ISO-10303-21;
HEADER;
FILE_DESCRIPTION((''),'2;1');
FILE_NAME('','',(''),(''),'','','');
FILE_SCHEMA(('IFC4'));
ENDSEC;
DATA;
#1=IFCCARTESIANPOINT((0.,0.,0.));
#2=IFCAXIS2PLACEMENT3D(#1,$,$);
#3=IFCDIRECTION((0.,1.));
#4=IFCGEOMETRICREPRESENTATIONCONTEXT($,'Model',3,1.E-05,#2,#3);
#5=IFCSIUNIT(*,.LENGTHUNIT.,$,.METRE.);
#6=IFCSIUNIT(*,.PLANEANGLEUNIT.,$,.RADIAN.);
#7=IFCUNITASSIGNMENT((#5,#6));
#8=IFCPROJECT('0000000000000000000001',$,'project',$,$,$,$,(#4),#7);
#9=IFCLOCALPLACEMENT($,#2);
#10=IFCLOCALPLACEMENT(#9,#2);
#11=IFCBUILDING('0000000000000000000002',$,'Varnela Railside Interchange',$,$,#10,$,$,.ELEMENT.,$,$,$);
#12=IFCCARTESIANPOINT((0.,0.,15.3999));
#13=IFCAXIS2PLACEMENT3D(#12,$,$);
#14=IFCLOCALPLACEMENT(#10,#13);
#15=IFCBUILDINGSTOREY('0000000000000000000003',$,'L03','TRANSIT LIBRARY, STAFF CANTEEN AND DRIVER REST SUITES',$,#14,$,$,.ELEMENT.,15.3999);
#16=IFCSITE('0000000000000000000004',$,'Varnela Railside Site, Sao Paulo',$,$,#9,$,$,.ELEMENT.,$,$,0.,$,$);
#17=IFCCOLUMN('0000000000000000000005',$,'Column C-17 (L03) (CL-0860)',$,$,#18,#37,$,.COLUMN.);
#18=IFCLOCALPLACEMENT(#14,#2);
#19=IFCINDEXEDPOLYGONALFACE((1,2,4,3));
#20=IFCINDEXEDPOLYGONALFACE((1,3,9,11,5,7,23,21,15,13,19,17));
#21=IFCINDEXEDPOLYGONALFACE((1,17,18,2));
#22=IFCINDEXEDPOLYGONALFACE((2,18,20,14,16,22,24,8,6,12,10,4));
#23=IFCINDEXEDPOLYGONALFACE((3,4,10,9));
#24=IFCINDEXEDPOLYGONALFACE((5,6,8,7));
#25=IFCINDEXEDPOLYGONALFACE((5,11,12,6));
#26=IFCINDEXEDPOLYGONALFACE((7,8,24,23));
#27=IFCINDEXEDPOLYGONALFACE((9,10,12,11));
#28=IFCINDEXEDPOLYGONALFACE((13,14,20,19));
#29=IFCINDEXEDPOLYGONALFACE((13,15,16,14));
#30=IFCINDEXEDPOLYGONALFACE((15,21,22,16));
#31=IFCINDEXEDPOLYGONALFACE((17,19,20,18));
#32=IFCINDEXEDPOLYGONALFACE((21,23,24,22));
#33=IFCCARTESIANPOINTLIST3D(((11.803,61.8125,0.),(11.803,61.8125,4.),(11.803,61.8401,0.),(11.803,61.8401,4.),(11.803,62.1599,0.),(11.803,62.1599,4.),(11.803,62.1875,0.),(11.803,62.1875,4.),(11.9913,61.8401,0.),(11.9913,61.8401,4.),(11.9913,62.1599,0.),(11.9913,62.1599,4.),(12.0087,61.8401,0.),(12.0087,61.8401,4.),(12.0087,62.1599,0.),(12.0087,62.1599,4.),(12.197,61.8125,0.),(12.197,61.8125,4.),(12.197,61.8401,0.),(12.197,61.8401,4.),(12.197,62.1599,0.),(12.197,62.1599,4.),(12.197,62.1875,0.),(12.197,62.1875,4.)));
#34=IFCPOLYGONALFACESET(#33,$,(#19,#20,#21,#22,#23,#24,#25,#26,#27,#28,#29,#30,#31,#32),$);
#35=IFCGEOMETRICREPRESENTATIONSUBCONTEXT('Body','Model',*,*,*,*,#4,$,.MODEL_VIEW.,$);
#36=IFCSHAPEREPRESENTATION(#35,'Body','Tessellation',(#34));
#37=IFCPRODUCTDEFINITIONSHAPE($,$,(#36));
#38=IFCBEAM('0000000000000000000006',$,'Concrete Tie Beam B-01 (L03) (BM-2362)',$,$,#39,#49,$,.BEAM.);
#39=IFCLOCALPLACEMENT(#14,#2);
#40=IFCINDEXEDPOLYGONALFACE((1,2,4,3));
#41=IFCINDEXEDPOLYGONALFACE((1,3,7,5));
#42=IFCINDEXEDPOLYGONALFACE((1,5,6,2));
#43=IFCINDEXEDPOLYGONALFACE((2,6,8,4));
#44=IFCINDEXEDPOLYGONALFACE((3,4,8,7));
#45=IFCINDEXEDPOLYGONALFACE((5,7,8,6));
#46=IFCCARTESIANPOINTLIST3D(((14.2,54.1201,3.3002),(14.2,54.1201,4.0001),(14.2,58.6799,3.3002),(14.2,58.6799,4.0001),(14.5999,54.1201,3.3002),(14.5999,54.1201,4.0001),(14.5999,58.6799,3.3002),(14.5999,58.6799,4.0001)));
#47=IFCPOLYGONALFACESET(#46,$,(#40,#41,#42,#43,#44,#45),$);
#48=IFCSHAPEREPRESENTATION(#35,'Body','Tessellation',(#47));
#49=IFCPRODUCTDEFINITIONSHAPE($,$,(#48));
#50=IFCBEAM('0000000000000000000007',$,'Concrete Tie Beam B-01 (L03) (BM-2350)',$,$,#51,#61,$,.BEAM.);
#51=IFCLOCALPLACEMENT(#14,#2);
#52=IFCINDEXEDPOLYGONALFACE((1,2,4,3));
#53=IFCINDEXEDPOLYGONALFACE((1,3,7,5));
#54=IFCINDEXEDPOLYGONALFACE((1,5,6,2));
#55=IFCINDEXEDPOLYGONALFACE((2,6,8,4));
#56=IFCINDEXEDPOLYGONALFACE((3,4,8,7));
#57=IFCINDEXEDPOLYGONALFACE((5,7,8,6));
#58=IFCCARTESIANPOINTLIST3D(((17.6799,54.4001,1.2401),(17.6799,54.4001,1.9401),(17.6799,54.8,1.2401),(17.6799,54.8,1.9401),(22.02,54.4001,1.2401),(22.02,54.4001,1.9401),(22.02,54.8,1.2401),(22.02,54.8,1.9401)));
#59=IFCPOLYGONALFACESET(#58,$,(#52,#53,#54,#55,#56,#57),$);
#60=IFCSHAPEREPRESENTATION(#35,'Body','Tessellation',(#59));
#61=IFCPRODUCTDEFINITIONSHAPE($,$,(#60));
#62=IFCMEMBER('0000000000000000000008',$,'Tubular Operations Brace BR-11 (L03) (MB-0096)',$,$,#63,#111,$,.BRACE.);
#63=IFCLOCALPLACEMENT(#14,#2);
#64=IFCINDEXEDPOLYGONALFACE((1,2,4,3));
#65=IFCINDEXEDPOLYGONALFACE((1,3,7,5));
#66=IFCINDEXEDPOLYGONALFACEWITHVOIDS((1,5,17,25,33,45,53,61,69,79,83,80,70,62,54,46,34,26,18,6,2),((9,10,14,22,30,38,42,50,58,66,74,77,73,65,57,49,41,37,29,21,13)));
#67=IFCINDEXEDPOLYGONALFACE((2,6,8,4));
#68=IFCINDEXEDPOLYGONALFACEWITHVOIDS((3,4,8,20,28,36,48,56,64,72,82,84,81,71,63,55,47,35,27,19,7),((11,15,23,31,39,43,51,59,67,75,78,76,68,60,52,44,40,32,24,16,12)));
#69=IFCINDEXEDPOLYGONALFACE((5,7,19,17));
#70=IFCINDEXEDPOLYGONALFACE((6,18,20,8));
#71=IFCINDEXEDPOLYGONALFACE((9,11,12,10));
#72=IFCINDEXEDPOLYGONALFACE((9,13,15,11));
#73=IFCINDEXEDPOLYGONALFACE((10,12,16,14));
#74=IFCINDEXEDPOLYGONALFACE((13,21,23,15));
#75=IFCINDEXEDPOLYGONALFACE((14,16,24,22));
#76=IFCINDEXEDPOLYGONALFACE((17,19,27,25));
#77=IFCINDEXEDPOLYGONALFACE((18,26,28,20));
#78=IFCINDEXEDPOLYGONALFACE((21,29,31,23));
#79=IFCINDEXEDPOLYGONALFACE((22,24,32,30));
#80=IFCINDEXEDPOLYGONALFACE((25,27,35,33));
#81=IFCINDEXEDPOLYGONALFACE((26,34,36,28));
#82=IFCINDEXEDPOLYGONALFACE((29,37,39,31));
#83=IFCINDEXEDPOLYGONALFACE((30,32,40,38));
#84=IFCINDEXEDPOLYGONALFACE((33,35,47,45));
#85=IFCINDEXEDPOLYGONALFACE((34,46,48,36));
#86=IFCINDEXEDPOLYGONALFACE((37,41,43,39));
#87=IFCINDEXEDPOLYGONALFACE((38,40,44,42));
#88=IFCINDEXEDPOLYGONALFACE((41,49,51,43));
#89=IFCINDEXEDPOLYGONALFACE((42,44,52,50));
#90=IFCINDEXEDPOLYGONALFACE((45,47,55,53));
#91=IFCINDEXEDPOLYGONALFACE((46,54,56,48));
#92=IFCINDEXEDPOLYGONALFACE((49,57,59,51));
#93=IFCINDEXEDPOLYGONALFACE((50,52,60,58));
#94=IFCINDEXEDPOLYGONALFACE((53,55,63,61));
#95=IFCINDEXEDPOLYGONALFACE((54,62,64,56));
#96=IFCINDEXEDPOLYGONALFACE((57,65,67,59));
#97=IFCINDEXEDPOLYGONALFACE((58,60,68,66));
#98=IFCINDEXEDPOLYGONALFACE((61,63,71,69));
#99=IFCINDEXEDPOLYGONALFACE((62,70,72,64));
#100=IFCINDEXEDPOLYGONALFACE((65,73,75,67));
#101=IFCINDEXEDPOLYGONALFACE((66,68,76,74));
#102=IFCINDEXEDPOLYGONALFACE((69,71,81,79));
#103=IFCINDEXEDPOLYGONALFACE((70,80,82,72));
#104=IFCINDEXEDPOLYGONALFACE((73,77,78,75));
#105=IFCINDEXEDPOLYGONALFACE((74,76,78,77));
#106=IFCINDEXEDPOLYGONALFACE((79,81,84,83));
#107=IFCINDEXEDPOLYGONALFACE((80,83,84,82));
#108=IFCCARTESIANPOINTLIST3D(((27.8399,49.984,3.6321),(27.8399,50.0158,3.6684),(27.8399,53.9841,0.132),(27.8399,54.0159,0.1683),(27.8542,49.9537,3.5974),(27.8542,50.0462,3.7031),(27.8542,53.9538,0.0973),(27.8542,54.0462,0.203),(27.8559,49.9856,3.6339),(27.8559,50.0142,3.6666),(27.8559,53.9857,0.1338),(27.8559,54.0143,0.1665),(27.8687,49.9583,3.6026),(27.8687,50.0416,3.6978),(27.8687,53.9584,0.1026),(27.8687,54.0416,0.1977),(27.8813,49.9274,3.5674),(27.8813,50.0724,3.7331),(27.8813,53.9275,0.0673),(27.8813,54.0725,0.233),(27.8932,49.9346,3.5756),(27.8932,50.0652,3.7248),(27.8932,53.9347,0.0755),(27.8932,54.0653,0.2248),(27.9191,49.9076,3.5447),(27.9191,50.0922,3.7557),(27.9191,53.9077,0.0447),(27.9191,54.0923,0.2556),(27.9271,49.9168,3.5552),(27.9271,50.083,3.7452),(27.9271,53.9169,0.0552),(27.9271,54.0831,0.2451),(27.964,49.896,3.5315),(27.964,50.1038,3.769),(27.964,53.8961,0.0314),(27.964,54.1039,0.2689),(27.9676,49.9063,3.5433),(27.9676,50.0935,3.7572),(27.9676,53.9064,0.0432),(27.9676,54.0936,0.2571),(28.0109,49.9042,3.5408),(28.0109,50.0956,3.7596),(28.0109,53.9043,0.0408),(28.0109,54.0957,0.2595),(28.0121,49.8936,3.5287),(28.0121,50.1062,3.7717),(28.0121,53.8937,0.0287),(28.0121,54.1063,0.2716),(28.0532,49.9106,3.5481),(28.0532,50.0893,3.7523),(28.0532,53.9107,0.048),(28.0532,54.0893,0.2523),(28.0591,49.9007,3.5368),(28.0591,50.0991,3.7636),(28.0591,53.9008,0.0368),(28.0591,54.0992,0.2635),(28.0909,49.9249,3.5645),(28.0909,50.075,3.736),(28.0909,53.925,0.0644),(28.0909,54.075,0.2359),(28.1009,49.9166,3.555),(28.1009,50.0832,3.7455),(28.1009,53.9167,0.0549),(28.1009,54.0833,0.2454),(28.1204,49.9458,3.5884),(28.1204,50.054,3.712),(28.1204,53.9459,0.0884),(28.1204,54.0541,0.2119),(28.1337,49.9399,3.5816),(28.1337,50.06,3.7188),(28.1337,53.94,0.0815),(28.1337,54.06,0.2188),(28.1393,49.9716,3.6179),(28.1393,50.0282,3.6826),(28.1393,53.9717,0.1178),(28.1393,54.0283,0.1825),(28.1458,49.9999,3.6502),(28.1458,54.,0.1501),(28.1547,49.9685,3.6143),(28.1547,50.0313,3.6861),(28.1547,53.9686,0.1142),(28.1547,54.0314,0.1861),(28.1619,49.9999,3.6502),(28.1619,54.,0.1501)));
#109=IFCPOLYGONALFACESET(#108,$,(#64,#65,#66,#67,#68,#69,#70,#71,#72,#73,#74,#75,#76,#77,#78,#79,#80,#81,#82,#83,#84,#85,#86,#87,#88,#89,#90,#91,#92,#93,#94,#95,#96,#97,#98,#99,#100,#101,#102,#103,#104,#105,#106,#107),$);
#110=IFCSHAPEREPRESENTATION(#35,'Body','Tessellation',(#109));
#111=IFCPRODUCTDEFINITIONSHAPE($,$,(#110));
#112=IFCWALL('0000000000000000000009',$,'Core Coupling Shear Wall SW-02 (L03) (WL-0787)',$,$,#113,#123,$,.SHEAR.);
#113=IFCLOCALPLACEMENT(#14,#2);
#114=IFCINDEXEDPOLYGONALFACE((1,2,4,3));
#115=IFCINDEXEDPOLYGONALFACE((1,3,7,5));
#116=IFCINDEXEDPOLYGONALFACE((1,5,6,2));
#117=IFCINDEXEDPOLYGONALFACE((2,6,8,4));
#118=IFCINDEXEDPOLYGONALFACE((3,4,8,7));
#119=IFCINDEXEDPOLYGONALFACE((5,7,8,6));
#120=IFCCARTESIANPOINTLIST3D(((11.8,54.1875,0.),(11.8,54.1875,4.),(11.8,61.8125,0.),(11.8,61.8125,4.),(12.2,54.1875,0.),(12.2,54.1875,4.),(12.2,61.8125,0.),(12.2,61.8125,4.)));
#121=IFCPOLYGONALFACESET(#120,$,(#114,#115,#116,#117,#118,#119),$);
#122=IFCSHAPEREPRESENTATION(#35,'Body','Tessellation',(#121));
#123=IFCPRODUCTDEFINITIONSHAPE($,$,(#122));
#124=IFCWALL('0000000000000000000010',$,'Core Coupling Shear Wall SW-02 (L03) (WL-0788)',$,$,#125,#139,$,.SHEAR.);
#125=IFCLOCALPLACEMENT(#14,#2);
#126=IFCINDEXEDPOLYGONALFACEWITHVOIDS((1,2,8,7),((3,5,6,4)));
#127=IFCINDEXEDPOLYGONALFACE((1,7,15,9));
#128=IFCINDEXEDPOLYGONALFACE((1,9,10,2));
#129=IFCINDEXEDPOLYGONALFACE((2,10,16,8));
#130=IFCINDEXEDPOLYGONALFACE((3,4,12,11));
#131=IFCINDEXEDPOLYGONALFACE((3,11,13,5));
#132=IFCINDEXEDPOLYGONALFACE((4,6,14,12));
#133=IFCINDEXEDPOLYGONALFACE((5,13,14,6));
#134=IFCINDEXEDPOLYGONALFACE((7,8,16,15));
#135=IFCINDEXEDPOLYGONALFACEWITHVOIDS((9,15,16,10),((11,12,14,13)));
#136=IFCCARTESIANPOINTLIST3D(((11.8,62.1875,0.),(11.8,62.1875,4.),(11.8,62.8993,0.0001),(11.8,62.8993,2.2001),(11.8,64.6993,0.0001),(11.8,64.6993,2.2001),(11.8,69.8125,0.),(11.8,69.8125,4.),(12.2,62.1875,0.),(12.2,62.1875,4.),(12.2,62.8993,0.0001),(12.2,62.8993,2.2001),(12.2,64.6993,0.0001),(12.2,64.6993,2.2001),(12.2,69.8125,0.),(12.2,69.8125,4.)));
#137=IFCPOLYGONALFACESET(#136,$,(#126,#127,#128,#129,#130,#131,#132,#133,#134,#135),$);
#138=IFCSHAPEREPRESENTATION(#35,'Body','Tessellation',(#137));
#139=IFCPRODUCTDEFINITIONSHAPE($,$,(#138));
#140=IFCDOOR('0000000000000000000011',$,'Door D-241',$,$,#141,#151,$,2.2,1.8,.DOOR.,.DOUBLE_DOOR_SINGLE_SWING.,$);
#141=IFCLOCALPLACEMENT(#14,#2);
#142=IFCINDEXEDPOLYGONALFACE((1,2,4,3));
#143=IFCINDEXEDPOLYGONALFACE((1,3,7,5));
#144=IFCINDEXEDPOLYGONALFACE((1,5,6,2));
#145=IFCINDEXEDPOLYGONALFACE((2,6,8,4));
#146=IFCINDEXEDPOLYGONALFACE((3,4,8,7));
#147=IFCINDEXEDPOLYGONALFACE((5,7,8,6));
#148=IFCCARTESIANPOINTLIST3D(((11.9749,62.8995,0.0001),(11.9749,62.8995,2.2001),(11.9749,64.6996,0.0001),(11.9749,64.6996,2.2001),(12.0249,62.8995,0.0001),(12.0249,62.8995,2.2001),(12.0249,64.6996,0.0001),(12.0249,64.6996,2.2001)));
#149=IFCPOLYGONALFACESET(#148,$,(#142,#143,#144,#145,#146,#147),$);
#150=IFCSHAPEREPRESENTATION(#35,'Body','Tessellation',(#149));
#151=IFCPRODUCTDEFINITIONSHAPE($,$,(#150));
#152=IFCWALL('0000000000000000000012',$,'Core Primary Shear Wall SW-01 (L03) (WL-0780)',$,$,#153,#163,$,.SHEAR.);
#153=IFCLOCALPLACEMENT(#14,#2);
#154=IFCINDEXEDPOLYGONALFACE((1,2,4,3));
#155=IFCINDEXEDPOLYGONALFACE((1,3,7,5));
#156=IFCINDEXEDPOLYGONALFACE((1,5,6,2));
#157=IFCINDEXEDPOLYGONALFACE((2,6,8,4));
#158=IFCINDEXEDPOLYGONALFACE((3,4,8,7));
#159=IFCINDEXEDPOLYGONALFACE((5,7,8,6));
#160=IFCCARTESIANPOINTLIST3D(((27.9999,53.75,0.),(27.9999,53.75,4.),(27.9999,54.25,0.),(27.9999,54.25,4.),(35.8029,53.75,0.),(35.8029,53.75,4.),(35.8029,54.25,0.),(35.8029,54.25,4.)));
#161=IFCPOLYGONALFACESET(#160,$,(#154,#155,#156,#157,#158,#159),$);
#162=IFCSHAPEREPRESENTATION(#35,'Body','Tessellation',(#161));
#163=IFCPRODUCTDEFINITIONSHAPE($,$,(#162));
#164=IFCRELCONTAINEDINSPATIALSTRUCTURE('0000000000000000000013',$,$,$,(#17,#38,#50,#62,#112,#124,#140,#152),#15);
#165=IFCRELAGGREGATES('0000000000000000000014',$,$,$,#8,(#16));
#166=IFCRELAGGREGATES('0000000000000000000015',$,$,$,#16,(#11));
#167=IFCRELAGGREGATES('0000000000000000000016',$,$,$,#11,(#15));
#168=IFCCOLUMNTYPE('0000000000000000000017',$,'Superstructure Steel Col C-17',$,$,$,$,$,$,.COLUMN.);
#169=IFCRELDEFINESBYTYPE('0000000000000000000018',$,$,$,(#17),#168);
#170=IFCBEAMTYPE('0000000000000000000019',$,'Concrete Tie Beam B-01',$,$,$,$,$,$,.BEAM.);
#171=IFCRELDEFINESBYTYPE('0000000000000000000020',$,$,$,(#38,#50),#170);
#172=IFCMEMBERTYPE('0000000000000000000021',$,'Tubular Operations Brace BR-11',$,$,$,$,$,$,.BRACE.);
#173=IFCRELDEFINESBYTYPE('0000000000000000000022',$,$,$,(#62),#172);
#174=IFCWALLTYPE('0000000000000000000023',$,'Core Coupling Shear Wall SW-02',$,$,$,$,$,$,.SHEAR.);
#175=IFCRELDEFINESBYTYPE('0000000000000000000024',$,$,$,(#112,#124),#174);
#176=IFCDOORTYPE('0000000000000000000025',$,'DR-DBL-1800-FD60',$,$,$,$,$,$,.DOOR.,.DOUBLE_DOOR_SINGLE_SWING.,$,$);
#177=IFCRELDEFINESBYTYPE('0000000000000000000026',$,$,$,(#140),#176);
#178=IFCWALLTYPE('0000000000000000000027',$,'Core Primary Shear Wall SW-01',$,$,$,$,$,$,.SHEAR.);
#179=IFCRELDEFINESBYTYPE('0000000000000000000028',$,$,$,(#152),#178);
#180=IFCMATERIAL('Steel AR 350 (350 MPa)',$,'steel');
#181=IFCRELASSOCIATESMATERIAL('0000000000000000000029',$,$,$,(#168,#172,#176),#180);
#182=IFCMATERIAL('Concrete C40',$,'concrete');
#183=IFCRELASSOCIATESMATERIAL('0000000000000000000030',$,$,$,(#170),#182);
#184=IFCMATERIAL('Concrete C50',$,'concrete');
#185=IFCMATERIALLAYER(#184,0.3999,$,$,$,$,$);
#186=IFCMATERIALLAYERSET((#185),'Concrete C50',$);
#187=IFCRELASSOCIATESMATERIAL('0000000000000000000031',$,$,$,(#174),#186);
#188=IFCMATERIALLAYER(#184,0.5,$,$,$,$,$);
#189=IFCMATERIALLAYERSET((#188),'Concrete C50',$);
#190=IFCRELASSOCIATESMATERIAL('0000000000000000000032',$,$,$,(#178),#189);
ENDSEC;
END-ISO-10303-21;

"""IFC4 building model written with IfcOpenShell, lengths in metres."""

from ifc_helpers import new_model, si_unit, direction, frame, frame_2d, origin, origin_2d, place, context, subcontext, project, spatial, rectangle, hollow_circle, i_section, extrude, material, layer, layer_set, material_profile, profile_set, type_object, element, fill, save


model = new_model("IFC4")

# Units and contexts
model_context = context("Model", 3, precision=1e-05, world=origin(), true_north=direction((0.0, 1.0)))
body_context = subcontext(model_context, "Body", "Model", "MODEL_VIEW")
ifc_project = project(units=[si_unit("LENGTHUNIT", "METRE"), si_unit("PLANEANGLEUNIT", "RADIAN")], contexts=[model_context])

# Site, building, storey
site_placement = place(None, origin())
site = spatial("IfcSite", under=ifc_project, at=site_placement, Name="Varnela Railside Site, Sao Paulo", CompositionType="ELEMENT", RefElevation=0.0)
building_placement = place(site_placement, origin())
building = spatial("IfcBuilding", under=site, at=building_placement, Name="Varnela Railside Interchange", CompositionType="ELEMENT")
storey_placement = place(building_placement, frame((0.0, 0.0, 15.3999)))
storey = spatial("IfcBuildingStorey", under=building, at=storey_placement, Name="L03", Description="TRANSIT LIBRARY, STAFF CANTEEN AND DRIVER REST SUITES", CompositionType="ELEMENT", Elevation=15.3999)

# Column
ifc_material_1 = material(Name="Steel AR 350 (350 MPa)", Category="steel")
ifc_material_profile_1 = material_profile(ifc_material_1, i_section(OverallWidth=0.394, OverallDepth=0.375, WebThickness=0.0173, FlangeThickness=0.0276, at=origin_2d()), Name="W360x216")
ifc_profile_set_1 = profile_set([ifc_material_profile_1], Name="Steel AR 350 (350 MPa)")
column_type = type_object("IfcColumnType", Name="Superstructure Steel Col C-17", PredefinedType="COLUMN", material=ifc_profile_set_1)
column_placement = place(storey_placement, frame((12.0, 62.0, 0.0), z_axis=(0.0, 0.0, 1.0), x_axis=(1.0, 0.0, 0.0)))
element("IfcColumn", 1, at=column_placement, inside=storey, type_object=column_type, Name="Column C-17 (L03) (CL-0860)", PredefinedType="COLUMN", context=body_context, shape_type="SweptSolid", body=[
    extrude(i_section(OverallWidth=0.394, OverallDepth=0.375, WebThickness=0.0173, FlangeThickness=0.0276, at=origin_2d()), origin(), (0.0, 0.0, 1.0), 4.0),
])

# Beams
ifc_material_2 = material(Name="Concrete C40", Category="concrete")
ifc_material_profile_2 = material_profile(ifc_material_2, rectangle(XDim=0.3999, YDim=0.7, at=origin_2d()), Name="RC 400x700")
ifc_profile_set_2 = profile_set([ifc_material_profile_2], Name="Concrete C40")
beam_type = type_object("IfcBeamType", Name="Concrete Tie Beam B-01", PredefinedType="BEAM", material=ifc_profile_set_2)
beam_1_placement = place(storey_placement, frame((14.3999, 54.1201, 3.6501), z_axis=(0.0, 1.0, 0.0), x_axis=(-1.0, 0.0, 0.0)))
element("IfcBeam", 2, at=beam_1_placement, inside=storey, type_object=beam_type, Name="Concrete Tie Beam B-01 (L03) (BM-2362)", PredefinedType="BEAM", context=body_context, shape_type="SweptSolid", body=[
    extrude(rectangle(XDim=0.3999, YDim=0.7, at=origin_2d()), origin(), (0.0, 0.0, 1.0), 4.5598),
])
beam_2_placement = place(storey_placement, frame((17.6799, 54.6001, 1.5901), z_axis=(1.0, 0.0, 0.0), x_axis=(0.0, 1.0, 0.0)))
element("IfcBeam", 3, at=beam_2_placement, inside=storey, type_object=beam_type, Name="Concrete Tie Beam B-01 (L03) (BM-2350)", PredefinedType="BEAM", context=body_context, shape_type="SweptSolid", body=[
    extrude(rectangle(XDim=0.3999, YDim=0.7, at=origin_2d()), origin(), (0.0, 0.0, 1.0), 4.3401),
])

# Member
ifc_material_profile_3 = material_profile(ifc_material_1, hollow_circle(Radius=0.1619, WallThickness=0.0161, at=origin_2d()), Name="CHS 323.9x16")
ifc_profile_set_3 = profile_set([ifc_material_profile_3], Name="Steel AR 350 (350 MPa)")
member_type = type_object("IfcMemberType", Name="Tubular Operations Brace BR-11", PredefinedType="BRACE", material=ifc_profile_set_3)
member_placement = place(storey_placement, frame((28.0, 54.0, 0.1501), z_axis=(0.0, -0.752577, 0.658505), x_axis=(1.0, 0.0, 0.0)))
element("IfcMember", 4, at=member_placement, inside=storey, type_object=member_type, Name="Tubular Operations Brace BR-11 (L03) (MB-0096)", PredefinedType="BRACE", context=body_context, shape_type="SweptSolid", body=[
    extrude(hollow_circle(Radius=0.1619, WallThickness=0.0161, at=origin_2d()), origin(), (0.0, 0.0, 1.0), 5.3152),
])

# Wall
ifc_material_3 = material(Name="Concrete C50", Category="concrete")
ifc_layer_1 = layer(ifc_material_3, 0.3999)
ifc_layer_set_1 = layer_set([ifc_layer_1], Name="Concrete C50")
wall_type_1 = type_object("IfcWallType", Name="Core Coupling Shear Wall SW-02", PredefinedType="SHEAR", material=ifc_layer_set_1)
wall_1_placement = place(storey_placement, frame((12.0, 54.1875, 0.0), z_axis=(0.0, 0.0, 1.0), x_axis=(0.0, 1.0, 0.0)))
element("IfcWall", 5, at=wall_1_placement, inside=storey, type_object=wall_type_1, Name="Core Coupling Shear Wall SW-02 (L03) (WL-0787)", PredefinedType="SHEAR", context=body_context, shape_type="SweptSolid", body=[
    extrude(rectangle(XDim=7.625, YDim=0.3999, at=frame_2d((3.8125, 0.0))), origin(), (0.0, 0.0, 1.0), 4.0),
])

# Wall, opening, door
wall_2_placement = place(storey_placement, frame((12.0, 62.1875, 0.0), z_axis=(0.0, 0.0, 1.0), x_axis=(0.0, 1.0, 0.0)))
wall_2 = element("IfcWall", 6, at=wall_2_placement, inside=storey, type_object=wall_type_1, Name="Core Coupling Shear Wall SW-02 (L03) (WL-0788)", PredefinedType="SHEAR", context=body_context, shape_type="SweptSolid", body=[
    extrude(rectangle(XDim=7.625, YDim=0.3999, at=frame_2d((3.8125, 0.0))), origin(), (0.0, 0.0, 1.0), 4.0),
])
opening_1_placement = place(wall_2_placement, frame((0.7119, 0.0, 0.0)))
opening_1 = element("IfcOpeningElement", 7, at=opening_1_placement, cuts=wall_2, PredefinedType="OPENING", context=body_context, shape_type="SweptSolid", body=[
    extrude(rectangle(XDim=1.8, YDim=2.2, at=frame_2d((0.8999, 1.1001))), frame((0.0, 0.21, 0.0), z_axis=(0.0, -1.0, 0.0), x_axis=(1.0, 0.0, 0.0)), (0.0, 0.0, 1.0), 0.4199),
])
door_type_1 = type_object("IfcDoorType", Name="DR-DBL-1800-FD60", OperationType="DOUBLE_DOOR_SINGLE_SWING", PredefinedType="DOOR", material=ifc_material_1)
door_1_placement = place(opening_1_placement, frame((1.8, 0.0, 0.0), z_axis=(0.0, 0.0, 1.0), x_axis=(-1.0, 0.0, 0.0)))
door_1 = element("IfcDoor", 8, at=door_1_placement, inside=storey, type_object=door_type_1, Name="Door D-241", OperationType="DOUBLE_DOOR_SINGLE_SWING", OverallHeight=2.2, OverallWidth=1.8, PredefinedType="DOOR", context=body_context, shape_type="SweptSolid", body=[
    extrude(rectangle(XDim=1.8, YDim=2.2, at=frame_2d((0.8999, 1.1001))), frame((0.0, 0.0249, 0.0), z_axis=(0.0, -1.0, 0.0), x_axis=(1.0, 0.0, 0.0)), (0.0, 0.0, 1.0), 0.05),
])
fill(opening_1, door_1)

# Wall
ifc_layer_2 = layer(ifc_material_3, 0.5)
ifc_layer_set_2 = layer_set([ifc_layer_2], Name="Concrete C50")
wall_type_2 = type_object("IfcWallType", Name="Core Primary Shear Wall SW-01", PredefinedType="SHEAR", material=ifc_layer_set_2)
wall_3_placement = place(storey_placement, frame((28.0, 54.0, 0.0), z_axis=(0.0, 0.0, 1.0), x_axis=(1.0, 0.0, 0.0)))
element("IfcWall", 9, at=wall_3_placement, inside=storey, type_object=wall_type_2, Name="Core Primary Shear Wall SW-01 (L03) (WL-0780)", PredefinedType="SHEAR", context=body_context, shape_type="SweptSolid", body=[
    extrude(rectangle(XDim=7.803, YDim=0.5, at=frame_2d((3.9014, 0.0))), origin(), (0.0, 0.0, 1.0), 4.0),
])

save(model, "model.ifc")
